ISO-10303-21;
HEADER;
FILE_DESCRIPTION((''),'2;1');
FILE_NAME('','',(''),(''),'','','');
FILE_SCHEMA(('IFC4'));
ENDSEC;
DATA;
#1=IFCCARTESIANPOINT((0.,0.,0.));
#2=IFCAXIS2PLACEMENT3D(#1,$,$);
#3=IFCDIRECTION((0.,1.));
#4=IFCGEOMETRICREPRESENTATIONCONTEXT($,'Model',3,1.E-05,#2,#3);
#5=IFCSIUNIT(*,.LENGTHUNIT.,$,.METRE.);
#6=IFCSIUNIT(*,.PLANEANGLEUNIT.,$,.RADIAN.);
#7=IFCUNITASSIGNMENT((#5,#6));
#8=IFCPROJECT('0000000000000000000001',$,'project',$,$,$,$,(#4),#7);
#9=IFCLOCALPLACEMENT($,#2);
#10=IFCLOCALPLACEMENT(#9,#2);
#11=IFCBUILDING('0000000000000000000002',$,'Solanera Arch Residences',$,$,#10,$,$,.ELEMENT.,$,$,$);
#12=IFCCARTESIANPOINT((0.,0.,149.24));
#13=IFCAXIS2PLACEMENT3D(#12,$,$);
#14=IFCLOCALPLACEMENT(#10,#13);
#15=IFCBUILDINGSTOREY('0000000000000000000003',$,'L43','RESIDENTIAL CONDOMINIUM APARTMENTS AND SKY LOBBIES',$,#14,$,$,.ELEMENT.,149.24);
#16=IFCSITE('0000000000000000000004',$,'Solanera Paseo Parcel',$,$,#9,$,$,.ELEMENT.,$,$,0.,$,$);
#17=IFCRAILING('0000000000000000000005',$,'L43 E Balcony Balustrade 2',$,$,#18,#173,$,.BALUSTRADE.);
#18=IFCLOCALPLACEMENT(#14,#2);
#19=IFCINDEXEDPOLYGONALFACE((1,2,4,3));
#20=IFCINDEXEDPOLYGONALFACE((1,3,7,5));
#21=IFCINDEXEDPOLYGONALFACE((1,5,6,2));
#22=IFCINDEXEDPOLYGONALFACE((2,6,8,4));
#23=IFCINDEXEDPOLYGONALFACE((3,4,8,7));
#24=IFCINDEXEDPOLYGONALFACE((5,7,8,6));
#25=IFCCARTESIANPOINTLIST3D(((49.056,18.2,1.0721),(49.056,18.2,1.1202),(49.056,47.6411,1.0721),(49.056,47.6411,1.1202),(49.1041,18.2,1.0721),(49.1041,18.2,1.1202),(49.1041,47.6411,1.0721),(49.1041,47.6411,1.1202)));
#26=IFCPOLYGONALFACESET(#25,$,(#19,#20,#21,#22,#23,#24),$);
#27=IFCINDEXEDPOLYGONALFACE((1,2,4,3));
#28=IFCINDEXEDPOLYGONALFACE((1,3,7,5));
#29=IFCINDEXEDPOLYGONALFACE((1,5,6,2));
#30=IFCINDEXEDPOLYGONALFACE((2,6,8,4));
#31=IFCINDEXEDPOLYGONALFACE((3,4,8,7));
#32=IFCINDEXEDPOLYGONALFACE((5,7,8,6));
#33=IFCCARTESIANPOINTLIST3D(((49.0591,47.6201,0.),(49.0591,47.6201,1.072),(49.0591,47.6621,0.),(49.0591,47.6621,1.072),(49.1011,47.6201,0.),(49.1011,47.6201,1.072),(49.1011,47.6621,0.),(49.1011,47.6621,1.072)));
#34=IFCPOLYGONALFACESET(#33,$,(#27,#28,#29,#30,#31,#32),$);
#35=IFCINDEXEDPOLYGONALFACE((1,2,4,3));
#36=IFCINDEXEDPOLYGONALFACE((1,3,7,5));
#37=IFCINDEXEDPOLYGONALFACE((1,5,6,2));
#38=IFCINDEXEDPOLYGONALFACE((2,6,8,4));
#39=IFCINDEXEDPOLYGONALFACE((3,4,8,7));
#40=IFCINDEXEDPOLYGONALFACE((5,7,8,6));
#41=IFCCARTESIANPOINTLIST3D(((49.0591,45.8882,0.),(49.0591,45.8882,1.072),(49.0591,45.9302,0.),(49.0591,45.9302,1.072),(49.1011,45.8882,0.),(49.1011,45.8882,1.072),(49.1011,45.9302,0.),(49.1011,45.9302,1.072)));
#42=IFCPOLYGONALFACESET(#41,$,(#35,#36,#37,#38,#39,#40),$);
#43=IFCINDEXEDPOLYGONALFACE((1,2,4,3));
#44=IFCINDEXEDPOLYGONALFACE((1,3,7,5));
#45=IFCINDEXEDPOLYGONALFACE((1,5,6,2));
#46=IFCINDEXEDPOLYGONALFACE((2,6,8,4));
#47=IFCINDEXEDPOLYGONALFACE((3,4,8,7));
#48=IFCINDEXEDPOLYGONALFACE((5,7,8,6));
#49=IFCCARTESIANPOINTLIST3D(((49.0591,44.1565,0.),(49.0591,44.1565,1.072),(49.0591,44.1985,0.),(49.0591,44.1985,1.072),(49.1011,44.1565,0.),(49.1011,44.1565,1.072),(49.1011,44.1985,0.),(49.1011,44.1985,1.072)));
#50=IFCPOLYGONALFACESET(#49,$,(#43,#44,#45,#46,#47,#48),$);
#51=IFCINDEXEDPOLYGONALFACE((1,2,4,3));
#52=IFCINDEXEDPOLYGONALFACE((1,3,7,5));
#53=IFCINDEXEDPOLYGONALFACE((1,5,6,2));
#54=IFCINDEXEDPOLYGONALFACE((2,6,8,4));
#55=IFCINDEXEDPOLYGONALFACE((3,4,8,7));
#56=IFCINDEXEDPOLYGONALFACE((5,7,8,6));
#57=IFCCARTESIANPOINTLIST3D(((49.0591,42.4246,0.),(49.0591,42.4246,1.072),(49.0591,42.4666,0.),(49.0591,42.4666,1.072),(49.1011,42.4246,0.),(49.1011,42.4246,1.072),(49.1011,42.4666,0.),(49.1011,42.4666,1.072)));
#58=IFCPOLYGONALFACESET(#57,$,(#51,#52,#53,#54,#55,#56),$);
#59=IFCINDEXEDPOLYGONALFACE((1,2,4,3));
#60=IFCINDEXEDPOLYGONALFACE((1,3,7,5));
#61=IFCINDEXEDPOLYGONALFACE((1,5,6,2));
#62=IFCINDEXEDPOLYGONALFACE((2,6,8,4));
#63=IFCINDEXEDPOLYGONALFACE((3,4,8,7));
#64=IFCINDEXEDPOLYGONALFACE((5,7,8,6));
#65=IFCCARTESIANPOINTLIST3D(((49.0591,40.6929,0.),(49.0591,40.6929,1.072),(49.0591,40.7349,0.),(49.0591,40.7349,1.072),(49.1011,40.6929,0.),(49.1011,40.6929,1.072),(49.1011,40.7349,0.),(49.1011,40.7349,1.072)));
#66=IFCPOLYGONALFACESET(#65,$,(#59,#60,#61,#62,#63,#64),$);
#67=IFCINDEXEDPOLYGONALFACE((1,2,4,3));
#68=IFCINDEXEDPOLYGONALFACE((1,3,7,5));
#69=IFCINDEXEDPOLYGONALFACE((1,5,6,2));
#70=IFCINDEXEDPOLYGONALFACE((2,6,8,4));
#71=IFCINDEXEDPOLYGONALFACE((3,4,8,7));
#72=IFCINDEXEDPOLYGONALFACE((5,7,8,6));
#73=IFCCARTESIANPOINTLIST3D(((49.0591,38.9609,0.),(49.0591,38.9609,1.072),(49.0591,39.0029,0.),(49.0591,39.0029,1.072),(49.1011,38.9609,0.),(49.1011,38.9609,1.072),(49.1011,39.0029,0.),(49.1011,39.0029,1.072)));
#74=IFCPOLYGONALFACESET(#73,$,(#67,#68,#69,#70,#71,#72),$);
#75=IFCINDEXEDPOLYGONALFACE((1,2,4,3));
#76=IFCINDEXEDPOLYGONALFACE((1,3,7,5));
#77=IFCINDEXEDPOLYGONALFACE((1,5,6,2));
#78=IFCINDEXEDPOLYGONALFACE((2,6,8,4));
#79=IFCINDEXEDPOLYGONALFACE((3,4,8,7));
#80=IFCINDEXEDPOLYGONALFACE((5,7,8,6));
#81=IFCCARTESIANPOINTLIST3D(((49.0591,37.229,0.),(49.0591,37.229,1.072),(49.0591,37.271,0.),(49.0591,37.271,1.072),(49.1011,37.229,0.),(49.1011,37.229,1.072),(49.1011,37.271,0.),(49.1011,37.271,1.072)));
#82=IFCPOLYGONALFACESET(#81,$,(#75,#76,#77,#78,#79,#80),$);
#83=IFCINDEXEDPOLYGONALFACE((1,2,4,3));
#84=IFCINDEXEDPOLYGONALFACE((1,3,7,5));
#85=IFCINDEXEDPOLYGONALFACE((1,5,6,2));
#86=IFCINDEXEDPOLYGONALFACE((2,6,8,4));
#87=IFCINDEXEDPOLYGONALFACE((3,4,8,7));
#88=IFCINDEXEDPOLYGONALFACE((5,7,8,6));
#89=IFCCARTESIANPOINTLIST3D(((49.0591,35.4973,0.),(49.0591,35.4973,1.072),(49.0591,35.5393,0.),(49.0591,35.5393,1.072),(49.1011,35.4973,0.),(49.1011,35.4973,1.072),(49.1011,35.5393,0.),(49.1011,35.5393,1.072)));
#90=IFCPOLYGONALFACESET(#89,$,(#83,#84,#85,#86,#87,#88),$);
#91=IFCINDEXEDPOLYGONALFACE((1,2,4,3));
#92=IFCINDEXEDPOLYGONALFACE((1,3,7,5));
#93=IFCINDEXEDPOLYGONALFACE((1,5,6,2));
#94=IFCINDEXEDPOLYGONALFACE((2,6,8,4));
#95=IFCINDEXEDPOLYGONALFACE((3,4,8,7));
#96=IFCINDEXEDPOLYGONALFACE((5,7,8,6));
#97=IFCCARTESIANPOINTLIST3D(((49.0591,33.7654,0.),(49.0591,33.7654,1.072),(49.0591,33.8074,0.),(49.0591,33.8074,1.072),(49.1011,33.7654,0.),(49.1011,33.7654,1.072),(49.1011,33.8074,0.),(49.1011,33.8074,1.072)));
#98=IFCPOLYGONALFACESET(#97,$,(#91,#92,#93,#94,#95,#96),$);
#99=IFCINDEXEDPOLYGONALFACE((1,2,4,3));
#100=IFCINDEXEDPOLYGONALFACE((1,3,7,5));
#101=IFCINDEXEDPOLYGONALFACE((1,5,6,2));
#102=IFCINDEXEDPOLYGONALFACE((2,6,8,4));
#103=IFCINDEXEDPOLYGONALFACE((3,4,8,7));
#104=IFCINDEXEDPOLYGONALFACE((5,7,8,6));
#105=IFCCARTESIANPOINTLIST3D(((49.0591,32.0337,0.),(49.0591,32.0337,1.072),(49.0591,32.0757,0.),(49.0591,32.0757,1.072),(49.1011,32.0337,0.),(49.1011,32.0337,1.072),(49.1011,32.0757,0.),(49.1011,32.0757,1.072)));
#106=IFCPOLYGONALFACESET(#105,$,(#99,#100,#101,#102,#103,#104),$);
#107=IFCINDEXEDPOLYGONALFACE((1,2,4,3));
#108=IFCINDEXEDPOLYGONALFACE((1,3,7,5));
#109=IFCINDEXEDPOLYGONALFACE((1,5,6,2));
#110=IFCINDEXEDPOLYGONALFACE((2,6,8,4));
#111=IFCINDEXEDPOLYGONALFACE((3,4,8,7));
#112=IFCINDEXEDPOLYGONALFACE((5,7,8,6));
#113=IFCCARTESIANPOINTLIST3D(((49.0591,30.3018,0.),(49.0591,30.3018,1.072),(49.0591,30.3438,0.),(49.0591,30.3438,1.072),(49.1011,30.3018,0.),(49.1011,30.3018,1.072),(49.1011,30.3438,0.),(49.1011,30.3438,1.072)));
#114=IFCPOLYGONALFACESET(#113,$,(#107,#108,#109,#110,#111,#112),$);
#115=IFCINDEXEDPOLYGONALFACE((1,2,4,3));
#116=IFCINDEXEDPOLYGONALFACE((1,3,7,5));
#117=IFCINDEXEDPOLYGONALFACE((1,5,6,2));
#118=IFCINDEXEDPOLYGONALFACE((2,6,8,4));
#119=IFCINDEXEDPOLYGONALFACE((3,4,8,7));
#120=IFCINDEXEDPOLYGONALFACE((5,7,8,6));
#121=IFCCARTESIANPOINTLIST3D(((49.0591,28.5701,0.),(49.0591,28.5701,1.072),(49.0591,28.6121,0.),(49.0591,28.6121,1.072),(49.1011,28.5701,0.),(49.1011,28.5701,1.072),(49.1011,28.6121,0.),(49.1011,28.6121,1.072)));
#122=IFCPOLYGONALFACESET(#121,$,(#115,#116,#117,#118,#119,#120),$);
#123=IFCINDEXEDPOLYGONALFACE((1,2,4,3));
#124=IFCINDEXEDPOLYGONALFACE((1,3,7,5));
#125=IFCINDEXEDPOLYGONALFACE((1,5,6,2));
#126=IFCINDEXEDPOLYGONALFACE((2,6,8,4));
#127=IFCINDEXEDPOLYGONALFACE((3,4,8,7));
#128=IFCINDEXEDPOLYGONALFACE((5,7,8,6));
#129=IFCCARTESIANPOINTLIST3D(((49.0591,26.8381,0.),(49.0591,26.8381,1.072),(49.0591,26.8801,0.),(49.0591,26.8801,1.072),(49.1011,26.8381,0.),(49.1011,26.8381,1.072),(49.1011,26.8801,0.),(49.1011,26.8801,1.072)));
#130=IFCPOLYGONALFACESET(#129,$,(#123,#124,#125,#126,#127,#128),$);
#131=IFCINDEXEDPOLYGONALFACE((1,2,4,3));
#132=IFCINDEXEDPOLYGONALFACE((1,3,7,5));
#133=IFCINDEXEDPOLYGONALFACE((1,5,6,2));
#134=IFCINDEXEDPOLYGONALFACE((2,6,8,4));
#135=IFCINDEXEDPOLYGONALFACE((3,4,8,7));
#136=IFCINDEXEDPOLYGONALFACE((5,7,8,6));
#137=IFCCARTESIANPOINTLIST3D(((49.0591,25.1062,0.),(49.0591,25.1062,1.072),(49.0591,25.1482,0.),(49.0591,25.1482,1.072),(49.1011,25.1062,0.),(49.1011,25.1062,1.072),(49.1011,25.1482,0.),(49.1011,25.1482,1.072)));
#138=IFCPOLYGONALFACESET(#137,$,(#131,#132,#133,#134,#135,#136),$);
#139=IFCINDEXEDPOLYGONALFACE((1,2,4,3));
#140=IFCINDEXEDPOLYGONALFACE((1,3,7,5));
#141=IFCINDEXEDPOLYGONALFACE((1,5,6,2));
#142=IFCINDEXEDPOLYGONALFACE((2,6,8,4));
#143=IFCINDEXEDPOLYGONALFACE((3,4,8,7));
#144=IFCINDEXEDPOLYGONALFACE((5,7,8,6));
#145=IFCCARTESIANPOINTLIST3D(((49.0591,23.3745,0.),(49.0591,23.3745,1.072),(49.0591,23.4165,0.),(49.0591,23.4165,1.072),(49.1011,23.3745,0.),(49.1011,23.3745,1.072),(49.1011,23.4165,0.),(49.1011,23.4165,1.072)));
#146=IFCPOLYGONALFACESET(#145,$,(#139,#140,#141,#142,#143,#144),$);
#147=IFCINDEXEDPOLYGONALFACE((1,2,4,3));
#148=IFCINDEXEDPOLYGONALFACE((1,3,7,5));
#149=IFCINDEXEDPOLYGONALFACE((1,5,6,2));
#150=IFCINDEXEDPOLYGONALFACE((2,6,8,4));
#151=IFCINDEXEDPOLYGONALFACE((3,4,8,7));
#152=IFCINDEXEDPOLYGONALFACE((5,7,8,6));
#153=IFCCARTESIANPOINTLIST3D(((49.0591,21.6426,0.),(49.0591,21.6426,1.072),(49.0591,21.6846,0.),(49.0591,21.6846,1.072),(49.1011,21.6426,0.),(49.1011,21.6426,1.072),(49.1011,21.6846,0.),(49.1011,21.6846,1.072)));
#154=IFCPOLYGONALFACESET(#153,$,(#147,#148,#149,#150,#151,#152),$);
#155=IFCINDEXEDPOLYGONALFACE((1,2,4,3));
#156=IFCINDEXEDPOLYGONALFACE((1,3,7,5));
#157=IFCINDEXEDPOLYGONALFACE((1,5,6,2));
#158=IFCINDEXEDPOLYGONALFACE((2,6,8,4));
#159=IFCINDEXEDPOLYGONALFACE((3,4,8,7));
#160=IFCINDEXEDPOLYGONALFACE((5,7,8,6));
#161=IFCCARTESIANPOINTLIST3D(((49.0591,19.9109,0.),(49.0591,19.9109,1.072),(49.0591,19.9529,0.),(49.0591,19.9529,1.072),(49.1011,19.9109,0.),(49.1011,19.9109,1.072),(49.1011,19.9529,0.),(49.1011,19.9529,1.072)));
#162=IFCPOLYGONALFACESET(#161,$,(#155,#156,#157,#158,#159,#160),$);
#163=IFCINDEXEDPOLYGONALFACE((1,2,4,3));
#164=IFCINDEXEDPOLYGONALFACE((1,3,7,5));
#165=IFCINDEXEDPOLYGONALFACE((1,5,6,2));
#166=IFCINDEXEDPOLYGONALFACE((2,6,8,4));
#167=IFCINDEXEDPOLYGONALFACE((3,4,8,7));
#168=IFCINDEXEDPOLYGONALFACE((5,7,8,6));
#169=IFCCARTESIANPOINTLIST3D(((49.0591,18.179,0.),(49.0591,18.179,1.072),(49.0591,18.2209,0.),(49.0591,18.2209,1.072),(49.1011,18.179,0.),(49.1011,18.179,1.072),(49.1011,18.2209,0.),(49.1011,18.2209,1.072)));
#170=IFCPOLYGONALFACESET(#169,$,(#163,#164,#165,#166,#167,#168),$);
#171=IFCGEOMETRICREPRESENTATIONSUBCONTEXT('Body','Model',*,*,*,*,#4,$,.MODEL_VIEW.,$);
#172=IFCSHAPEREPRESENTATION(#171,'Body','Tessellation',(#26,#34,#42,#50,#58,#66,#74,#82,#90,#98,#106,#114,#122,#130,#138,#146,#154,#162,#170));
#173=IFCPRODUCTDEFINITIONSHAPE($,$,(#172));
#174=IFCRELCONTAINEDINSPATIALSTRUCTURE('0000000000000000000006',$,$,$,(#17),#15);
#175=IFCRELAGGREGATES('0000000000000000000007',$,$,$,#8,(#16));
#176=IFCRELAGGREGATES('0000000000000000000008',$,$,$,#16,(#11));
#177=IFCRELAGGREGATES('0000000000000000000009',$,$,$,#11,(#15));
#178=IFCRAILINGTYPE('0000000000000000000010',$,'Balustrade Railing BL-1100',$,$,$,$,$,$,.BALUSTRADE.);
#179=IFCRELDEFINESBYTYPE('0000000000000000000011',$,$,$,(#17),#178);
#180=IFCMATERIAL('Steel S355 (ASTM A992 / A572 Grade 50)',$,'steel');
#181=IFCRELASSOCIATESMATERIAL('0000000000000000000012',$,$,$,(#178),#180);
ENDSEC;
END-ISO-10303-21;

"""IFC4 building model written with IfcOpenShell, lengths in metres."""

from ifc_helpers import new_model, si_unit, direction, frame, origin, origin_2d, place, context, subcontext, project, spatial, rectangle, extrude, material, type_object, element, save


model = new_model("IFC4")

# Units and contexts
model_context = context("Model", 3, precision=1e-05, world=origin(), true_north=direction((0.0, 1.0)))
body_context = subcontext(model_context, "Body", "Model", "MODEL_VIEW")
ifc_project = project(units=[si_unit("LENGTHUNIT", "METRE"), si_unit("PLANEANGLEUNIT", "RADIAN")], contexts=[model_context])

# Site, building, storey
site_placement = place(None, origin())
site = spatial("IfcSite", under=ifc_project, at=site_placement, Name="Solanera Paseo Parcel", CompositionType="ELEMENT", RefElevation=0.0)
building_placement = place(site_placement, origin())
building = spatial("IfcBuilding", under=site, at=building_placement, Name="Solanera Arch Residences", CompositionType="ELEMENT")
storey_placement = place(building_placement, frame((0.0, 0.0, 149.24)))
storey = spatial("IfcBuildingStorey", under=building, at=storey_placement, Name="L43", Description="RESIDENTIAL CONDOMINIUM APARTMENTS AND SKY LOBBIES", CompositionType="ELEMENT", Elevation=149.24)

# Railing
ifc_material_1 = material(Name="Steel S355 (ASTM A992 / A572 Grade 50)", Category="steel")
railing_type = type_object("IfcRailingType", Name="Balustrade Railing BL-1100", PredefinedType="BALUSTRADE", material=ifc_material_1)
railing_1_placement = place(storey_placement, frame((49.0801, 47.6411, 0.0)))
element("IfcRailing", 1, at=railing_1_placement, inside=storey, type_object=railing_type, Name="L43 E Balcony Balustrade 2", PredefinedType="BALUSTRADE", context=body_context, shape_type="SweptSolid", body=[
    extrude(rectangle(XDim=0.0481, YDim=0.0481, at=origin_2d()), frame((0.0, 0.0, 1.0962), z_axis=(0.0, -1.0, 0.0), x_axis=(1.0, 0.0, 0.0)), (0.0, 0.0, 1.0), 29.4412),
    extrude(rectangle(XDim=0.042, YDim=0.042, at=origin_2d()), origin(), (0.0, 0.0, 1.0), 1.072),
    extrude(rectangle(XDim=0.042, YDim=0.042, at=origin_2d()), frame((0.0, -1.7319, 0.0)), (0.0, 0.0, 1.0), 1.072),
    extrude(rectangle(XDim=0.042, YDim=0.042, at=origin_2d()), frame((0.0, -3.4636, 0.0)), (0.0, 0.0, 1.0), 1.072),
    extrude(rectangle(XDim=0.042, YDim=0.042, at=origin_2d()), frame((0.0, -5.1956, 0.0)), (0.0, 0.0, 1.0), 1.072),
    extrude(rectangle(XDim=0.042, YDim=0.042, at=origin_2d()), frame((0.0, -6.9272, 0.0)), (0.0, 0.0, 1.0), 1.072),
    extrude(rectangle(XDim=0.042, YDim=0.042, at=origin_2d()), frame((0.0, -8.6592, 0.0)), (0.0, 0.0, 1.0), 1.072),
    extrude(rectangle(XDim=0.042, YDim=0.042, at=origin_2d()), frame((0.0, -10.3911, 0.0)), (0.0, 0.0, 1.0), 1.072),
    extrude(rectangle(XDim=0.042, YDim=0.042, at=origin_2d()), frame((0.0, -12.1228, 0.0)), (0.0, 0.0, 1.0), 1.072),
    extrude(rectangle(XDim=0.042, YDim=0.042, at=origin_2d()), frame((0.0, -13.8547, 0.0)), (0.0, 0.0, 1.0), 1.072),
    extrude(rectangle(XDim=0.042, YDim=0.042, at=origin_2d()), frame((0.0, -15.5864, 0.0)), (0.0, 0.0, 1.0), 1.072),
    extrude(rectangle(XDim=0.042, YDim=0.042, at=origin_2d()), frame((0.0, -17.3184, 0.0)), (0.0, 0.0, 1.0), 1.072),
    extrude(rectangle(XDim=0.042, YDim=0.042, at=origin_2d()), frame((0.0, -19.05, 0.0)), (0.0, 0.0, 1.0), 1.072),
    extrude(rectangle(XDim=0.042, YDim=0.042, at=origin_2d()), frame((0.0, -20.782, 0.0)), (0.0, 0.0, 1.0), 1.072),
    extrude(rectangle(XDim=0.042, YDim=0.042, at=origin_2d()), frame((0.0, -22.5139, 0.0)), (0.0, 0.0, 1.0), 1.072),
    extrude(rectangle(XDim=0.042, YDim=0.042, at=origin_2d()), frame((0.0, -24.2456, 0.0)), (0.0, 0.0, 1.0), 1.072),
    extrude(rectangle(XDim=0.042, YDim=0.042, at=origin_2d()), frame((0.0, -25.9775, 0.0)), (0.0, 0.0, 1.0), 1.072),
    extrude(rectangle(XDim=0.042, YDim=0.042, at=origin_2d()), frame((0.0, -27.7092, 0.0)), (0.0, 0.0, 1.0), 1.072),
    extrude(rectangle(XDim=0.042, YDim=0.042, at=origin_2d()), frame((0.0, -29.4412, 0.0)), (0.0, 0.0, 1.0), 1.072),
])

save(model, "model.ifc")
